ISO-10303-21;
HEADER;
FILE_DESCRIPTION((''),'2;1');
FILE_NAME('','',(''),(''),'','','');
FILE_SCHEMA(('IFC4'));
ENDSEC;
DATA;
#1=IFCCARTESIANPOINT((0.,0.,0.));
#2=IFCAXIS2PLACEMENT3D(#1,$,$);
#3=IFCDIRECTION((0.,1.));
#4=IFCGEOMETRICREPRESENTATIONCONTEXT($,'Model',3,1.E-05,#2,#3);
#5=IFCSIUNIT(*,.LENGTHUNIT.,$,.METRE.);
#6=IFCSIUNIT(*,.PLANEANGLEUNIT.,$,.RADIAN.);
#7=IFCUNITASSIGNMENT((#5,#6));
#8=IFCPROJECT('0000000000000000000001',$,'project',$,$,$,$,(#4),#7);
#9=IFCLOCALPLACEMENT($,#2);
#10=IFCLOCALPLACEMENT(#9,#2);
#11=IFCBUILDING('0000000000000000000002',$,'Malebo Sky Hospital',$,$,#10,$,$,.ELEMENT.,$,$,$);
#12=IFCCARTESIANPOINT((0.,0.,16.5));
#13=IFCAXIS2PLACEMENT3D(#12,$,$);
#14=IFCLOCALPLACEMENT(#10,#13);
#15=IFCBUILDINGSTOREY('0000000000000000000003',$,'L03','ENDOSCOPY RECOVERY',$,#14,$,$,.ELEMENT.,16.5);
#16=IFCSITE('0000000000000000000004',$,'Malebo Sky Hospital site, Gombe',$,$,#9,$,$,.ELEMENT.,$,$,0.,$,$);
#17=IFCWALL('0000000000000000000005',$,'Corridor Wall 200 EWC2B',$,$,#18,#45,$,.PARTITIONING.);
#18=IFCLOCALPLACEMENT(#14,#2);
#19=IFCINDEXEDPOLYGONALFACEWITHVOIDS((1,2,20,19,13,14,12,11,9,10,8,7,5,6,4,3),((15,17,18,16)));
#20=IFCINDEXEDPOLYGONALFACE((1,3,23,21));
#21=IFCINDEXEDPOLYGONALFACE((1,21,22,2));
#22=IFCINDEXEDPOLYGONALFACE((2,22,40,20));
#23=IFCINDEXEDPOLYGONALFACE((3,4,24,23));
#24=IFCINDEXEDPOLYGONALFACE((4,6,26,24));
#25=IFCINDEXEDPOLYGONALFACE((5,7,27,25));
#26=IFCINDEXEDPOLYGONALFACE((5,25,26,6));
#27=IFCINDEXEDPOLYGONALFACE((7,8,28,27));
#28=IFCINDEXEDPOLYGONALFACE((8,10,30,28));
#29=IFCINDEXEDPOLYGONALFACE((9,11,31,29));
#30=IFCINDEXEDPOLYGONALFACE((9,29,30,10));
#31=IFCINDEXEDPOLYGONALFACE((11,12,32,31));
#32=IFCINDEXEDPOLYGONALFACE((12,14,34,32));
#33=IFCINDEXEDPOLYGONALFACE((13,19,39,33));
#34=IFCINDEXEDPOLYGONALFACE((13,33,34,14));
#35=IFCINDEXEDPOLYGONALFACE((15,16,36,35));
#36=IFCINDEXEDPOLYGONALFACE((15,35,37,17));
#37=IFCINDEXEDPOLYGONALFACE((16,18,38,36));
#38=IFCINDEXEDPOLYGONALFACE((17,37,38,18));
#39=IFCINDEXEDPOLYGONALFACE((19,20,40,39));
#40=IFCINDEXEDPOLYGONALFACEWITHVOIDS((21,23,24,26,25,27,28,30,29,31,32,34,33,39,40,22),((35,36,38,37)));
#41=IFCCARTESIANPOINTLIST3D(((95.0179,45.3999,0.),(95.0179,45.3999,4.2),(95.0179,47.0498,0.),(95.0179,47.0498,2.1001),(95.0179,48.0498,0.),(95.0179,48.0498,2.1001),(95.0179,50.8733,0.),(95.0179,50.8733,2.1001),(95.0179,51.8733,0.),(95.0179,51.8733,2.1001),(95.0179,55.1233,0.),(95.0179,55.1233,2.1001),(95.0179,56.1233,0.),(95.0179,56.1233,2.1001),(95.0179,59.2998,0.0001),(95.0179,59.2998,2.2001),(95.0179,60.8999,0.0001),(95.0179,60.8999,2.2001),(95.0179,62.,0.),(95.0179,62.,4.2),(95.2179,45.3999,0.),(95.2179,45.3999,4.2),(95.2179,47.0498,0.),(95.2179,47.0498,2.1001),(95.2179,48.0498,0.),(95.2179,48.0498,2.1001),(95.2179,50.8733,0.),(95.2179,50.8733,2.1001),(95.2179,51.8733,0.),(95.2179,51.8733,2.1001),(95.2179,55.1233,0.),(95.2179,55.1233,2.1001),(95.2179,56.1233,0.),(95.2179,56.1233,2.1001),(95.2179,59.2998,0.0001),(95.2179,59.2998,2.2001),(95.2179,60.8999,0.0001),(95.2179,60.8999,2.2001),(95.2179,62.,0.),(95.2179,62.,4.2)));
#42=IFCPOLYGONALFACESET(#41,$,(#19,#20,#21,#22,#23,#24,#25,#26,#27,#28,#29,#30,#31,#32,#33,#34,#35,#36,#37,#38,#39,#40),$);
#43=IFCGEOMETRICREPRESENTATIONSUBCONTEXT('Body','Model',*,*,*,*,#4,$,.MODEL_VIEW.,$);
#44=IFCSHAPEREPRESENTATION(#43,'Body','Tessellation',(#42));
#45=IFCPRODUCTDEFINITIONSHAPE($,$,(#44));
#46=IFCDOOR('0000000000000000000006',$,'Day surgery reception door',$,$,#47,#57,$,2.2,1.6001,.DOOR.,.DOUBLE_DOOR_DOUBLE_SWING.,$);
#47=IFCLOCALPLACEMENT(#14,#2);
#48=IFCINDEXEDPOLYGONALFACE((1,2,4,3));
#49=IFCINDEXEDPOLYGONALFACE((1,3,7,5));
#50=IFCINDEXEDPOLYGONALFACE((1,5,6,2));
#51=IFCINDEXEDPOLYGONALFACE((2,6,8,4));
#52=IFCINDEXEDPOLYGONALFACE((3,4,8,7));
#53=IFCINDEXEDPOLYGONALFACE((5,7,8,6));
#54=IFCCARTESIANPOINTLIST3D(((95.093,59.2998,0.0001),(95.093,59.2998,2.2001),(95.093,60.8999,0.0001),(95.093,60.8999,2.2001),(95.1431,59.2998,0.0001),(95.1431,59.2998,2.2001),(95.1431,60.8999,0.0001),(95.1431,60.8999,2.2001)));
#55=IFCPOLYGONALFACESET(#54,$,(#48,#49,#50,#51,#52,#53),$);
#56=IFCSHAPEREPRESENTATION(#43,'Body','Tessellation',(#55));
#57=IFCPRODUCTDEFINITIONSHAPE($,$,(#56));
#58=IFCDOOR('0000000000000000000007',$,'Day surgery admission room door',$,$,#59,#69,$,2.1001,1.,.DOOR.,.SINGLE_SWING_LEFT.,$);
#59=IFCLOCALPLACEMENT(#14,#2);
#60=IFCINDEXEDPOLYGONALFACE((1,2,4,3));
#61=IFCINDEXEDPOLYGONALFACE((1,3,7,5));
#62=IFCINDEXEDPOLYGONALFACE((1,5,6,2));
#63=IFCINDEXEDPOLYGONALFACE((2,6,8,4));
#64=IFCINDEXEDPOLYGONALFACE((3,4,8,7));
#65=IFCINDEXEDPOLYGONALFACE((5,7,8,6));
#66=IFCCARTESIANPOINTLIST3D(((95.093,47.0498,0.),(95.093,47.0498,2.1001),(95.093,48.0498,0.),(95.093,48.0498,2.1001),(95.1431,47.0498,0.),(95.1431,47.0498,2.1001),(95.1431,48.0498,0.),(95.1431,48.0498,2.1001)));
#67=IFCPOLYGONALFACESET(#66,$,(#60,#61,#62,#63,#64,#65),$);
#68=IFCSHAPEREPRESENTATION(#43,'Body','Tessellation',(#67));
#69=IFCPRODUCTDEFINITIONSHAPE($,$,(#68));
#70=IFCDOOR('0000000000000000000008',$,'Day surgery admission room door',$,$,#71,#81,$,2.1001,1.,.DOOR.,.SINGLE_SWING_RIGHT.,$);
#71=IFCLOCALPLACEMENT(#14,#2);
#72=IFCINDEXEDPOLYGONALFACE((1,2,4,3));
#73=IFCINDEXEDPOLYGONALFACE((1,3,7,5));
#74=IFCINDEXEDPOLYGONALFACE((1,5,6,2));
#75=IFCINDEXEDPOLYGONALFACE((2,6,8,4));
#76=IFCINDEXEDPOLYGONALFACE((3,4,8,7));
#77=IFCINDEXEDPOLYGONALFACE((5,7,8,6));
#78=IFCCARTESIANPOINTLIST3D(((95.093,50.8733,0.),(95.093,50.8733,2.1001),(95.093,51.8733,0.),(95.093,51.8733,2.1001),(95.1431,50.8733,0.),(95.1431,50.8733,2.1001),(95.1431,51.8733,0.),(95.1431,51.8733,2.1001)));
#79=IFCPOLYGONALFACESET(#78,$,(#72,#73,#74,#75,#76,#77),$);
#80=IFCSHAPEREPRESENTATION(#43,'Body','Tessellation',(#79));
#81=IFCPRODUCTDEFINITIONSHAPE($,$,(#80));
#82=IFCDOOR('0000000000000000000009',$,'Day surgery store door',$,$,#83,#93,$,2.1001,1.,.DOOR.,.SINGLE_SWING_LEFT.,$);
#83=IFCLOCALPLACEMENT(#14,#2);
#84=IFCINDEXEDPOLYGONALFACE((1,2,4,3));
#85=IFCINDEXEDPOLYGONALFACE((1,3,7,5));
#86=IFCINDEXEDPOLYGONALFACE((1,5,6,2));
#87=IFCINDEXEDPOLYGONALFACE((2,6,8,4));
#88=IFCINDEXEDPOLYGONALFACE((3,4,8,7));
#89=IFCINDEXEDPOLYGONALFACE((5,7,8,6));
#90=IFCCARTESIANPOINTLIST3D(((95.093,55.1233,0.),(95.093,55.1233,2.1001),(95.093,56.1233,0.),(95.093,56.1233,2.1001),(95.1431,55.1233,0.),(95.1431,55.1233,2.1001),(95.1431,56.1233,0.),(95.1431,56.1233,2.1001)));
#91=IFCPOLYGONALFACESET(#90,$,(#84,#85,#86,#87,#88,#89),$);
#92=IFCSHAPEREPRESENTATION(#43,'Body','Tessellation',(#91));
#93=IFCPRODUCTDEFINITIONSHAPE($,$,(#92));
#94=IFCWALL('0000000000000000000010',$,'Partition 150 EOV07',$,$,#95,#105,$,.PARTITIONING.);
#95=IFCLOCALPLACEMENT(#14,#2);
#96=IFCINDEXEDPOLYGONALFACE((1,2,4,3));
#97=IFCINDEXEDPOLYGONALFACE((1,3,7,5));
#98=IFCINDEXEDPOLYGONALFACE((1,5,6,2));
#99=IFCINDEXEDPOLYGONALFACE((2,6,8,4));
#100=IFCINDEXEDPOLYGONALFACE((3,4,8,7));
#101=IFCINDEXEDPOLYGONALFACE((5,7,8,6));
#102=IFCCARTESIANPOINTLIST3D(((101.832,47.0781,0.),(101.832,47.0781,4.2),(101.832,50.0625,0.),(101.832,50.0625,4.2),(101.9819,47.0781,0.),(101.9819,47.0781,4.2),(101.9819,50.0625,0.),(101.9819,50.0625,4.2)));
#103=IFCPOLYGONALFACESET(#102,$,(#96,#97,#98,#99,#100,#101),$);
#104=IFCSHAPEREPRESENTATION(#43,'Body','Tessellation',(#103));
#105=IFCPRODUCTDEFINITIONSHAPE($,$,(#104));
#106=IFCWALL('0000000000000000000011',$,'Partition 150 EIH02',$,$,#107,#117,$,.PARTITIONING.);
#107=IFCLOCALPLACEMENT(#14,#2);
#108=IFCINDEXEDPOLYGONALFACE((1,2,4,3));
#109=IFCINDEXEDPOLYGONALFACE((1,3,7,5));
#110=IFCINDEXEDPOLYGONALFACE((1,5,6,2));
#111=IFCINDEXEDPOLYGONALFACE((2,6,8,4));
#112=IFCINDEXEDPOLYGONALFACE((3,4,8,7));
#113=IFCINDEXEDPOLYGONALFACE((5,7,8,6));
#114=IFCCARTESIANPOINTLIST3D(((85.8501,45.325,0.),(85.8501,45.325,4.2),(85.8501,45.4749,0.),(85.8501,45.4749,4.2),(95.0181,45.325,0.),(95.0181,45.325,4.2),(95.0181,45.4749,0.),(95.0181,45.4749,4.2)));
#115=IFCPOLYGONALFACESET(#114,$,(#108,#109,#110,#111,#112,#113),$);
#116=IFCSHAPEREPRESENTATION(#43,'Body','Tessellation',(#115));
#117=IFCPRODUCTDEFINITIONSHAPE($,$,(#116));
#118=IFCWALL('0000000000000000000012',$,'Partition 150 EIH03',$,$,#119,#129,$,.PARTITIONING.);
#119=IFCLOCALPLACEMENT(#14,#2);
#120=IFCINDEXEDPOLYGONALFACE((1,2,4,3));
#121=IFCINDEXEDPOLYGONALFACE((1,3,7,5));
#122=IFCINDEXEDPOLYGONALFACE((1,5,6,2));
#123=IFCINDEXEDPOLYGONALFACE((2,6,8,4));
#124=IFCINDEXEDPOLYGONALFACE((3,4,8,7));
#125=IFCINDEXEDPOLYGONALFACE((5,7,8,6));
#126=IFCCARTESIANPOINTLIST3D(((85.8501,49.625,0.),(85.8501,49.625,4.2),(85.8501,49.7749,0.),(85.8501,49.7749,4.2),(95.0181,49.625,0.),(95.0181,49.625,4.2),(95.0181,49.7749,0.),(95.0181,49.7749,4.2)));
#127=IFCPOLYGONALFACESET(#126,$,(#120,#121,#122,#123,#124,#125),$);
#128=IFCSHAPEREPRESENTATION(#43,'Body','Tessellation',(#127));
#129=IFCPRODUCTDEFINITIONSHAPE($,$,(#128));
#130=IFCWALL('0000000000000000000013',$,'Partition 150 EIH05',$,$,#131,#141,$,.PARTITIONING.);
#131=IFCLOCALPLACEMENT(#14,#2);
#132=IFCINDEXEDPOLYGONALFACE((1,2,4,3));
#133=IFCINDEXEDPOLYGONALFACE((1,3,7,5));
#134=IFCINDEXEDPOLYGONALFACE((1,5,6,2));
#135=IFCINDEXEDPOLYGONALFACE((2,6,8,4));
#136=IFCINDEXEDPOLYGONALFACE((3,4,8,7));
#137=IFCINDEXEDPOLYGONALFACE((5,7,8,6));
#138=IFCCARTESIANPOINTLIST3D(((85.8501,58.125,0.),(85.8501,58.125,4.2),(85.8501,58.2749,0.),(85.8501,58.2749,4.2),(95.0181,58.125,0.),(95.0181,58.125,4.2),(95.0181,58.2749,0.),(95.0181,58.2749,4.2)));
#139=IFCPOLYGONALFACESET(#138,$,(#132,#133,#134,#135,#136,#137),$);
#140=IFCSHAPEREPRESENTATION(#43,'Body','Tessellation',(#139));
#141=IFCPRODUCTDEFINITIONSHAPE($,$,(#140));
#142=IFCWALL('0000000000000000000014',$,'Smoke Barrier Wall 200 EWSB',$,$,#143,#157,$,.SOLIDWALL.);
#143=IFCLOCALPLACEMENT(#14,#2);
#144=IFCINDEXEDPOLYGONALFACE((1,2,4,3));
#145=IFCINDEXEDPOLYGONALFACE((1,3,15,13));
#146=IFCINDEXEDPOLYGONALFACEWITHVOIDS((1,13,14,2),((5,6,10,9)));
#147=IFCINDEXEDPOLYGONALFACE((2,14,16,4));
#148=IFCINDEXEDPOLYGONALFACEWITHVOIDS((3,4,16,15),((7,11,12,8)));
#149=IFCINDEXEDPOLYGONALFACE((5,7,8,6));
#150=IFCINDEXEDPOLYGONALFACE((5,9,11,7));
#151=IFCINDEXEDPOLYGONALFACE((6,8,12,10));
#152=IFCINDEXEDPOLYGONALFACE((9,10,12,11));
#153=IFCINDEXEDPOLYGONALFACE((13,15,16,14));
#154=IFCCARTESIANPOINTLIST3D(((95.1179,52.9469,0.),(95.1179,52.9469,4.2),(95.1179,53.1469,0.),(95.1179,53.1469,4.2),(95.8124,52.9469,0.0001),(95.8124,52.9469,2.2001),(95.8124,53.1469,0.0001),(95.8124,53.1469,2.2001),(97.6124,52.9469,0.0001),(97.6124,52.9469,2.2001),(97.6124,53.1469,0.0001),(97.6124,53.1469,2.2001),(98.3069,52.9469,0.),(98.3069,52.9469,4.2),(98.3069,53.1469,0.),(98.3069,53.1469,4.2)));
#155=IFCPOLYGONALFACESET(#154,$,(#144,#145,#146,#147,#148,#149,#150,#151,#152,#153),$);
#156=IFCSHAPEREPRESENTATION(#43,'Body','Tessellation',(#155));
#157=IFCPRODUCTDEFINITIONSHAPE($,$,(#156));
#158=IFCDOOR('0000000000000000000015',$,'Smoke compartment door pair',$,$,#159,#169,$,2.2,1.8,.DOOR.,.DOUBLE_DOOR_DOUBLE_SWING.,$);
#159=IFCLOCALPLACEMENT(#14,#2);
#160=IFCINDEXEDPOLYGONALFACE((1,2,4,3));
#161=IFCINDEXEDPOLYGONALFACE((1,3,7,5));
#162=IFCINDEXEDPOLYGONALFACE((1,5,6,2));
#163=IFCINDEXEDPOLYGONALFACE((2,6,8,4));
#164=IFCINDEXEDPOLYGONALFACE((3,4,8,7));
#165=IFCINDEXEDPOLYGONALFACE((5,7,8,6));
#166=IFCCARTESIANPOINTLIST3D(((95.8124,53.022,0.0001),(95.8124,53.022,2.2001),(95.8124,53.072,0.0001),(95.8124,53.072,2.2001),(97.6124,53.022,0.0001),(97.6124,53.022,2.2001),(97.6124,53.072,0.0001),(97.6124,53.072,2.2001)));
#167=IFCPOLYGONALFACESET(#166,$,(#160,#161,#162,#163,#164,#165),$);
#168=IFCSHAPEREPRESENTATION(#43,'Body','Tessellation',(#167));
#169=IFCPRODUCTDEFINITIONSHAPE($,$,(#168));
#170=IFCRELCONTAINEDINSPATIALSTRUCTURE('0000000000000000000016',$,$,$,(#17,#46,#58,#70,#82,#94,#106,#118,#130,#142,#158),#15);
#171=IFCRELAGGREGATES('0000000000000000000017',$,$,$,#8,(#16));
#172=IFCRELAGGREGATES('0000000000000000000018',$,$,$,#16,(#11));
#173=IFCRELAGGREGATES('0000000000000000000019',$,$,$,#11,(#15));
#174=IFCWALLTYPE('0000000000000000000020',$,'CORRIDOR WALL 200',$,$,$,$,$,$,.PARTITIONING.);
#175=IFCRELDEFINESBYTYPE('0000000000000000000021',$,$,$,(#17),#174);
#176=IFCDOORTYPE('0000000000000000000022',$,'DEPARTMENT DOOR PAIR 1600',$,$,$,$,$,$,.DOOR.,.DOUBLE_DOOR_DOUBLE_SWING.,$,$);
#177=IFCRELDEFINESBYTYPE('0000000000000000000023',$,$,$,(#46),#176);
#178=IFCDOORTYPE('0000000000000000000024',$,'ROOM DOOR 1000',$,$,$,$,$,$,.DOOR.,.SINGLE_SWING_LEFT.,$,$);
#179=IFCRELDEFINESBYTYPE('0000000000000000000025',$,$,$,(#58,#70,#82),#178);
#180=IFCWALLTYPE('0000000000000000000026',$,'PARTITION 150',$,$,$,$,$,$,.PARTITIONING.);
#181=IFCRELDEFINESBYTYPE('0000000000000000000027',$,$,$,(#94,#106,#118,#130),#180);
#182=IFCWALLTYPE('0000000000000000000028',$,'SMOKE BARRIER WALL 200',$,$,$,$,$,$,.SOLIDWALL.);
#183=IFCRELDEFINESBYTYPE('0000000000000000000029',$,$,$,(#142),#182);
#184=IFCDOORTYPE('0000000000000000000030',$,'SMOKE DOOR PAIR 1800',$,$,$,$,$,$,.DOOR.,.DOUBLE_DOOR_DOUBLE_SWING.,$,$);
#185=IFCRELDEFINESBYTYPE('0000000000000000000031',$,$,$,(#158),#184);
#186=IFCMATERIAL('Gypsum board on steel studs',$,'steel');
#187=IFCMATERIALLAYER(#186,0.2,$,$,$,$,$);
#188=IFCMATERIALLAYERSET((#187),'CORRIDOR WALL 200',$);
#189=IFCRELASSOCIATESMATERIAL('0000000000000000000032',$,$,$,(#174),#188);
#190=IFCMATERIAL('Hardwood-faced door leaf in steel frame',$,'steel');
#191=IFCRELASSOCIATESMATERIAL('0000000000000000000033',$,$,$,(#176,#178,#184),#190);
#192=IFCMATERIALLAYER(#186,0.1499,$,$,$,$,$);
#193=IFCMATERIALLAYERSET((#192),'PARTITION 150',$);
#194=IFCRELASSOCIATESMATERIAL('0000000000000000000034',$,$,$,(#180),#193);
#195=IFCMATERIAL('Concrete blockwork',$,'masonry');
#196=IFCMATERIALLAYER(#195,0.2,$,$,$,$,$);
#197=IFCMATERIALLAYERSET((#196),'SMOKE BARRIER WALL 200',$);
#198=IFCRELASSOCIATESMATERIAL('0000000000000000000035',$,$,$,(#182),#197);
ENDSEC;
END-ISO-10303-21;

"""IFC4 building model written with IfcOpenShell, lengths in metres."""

from ifc_helpers import new_model, si_unit, direction, frame, frame_2d, origin, place, context, subcontext, project, spatial, rectangle, extrude, material, layer, layer_set, type_object, element, fill, save


model = new_model("IFC4")

# Units and contexts
model_context = context("Model", 3, precision=1e-05, world=origin(), true_north=direction((0.0, 1.0)))
body_context = subcontext(model_context, "Body", "Model", "MODEL_VIEW")
ifc_project = project(units=[si_unit("LENGTHUNIT", "METRE"), si_unit("PLANEANGLEUNIT", "RADIAN")], contexts=[model_context])

# Site, building, storey
site_placement = place(None, origin())
site = spatial("IfcSite", under=ifc_project, at=site_placement, Name="Malebo Sky Hospital site, Gombe", CompositionType="ELEMENT", RefElevation=0.0)
building_placement = place(site_placement, origin())
building = spatial("IfcBuilding", under=site, at=building_placement, Name="Malebo Sky Hospital", CompositionType="ELEMENT")
storey_placement = place(building_placement, frame((0.0, 0.0, 16.5)))
storey = spatial("IfcBuildingStorey", under=building, at=storey_placement, Name="L03", Description="ENDOSCOPY RECOVERY", CompositionType="ELEMENT", Elevation=16.5)

# Wall, openings, doors
ifc_material_1 = material(Name="Gypsum board on steel studs", Category="steel")
ifc_layer_1 = layer(ifc_material_1, 0.2)
ifc_layer_set_1 = layer_set([ifc_layer_1], Name="CORRIDOR WALL 200")
wall_type_1 = type_object("IfcWallType", Name="CORRIDOR WALL 200", PredefinedType="PARTITIONING", material=ifc_layer_set_1)
wall_1_placement = place(storey_placement, frame((95.1179, 45.3999, 0.0), z_axis=(0.0, 0.0, 1.0), x_axis=(0.0, 1.0, 0.0)))
wall_1 = element("IfcWall", 1, at=wall_1_placement, inside=storey, type_object=wall_type_1, Name="Corridor Wall 200 EWC2B", PredefinedType="PARTITIONING", context=body_context, shape_type="SweptSolid", body=[
    extrude(rectangle(XDim=16.6001, YDim=0.2, at=frame_2d((8.3, 0.0))), origin(), (0.0, 0.0, 1.0), 4.2),
])
opening_1_placement = place(wall_1_placement, frame((1.6499, 0.0, 0.0)))
opening_1 = element("IfcOpeningElement", 2, at=opening_1_placement, cuts=wall_1, PredefinedType="OPENING", context=body_context, shape_type="SweptSolid", body=[
    extrude(rectangle(XDim=1.0, YDim=2.1001, at=frame_2d((0.5, 1.05))), frame((0.0, 0.1099, 0.0), z_axis=(0.0, -1.0, 0.0), x_axis=(1.0, 0.0, 0.0)), (0.0, 0.0, 1.0), 0.22),
])
opening_2_placement = place(wall_1_placement, frame((5.4734, 0.0, 0.0)))
opening_2 = element("IfcOpeningElement", 3, at=opening_2_placement, cuts=wall_1, PredefinedType="OPENING", context=body_context, shape_type="SweptSolid", body=[
    extrude(rectangle(XDim=1.0, YDim=2.1001, at=frame_2d((0.5, 1.05))), frame((0.0, 0.1099, 0.0), z_axis=(0.0, -1.0, 0.0), x_axis=(1.0, 0.0, 0.0)), (0.0, 0.0, 1.0), 0.22),
])
opening_3_placement = place(wall_1_placement, frame((9.7234, 0.0, 0.0)))
opening_3 = element("IfcOpeningElement", 4, at=opening_3_placement, cuts=wall_1, PredefinedType="OPENING", context=body_context, shape_type="SweptSolid", body=[
    extrude(rectangle(XDim=1.0, YDim=2.1001, at=frame_2d((0.5, 1.05))), frame((0.0, 0.1099, 0.0), z_axis=(0.0, -1.0, 0.0), x_axis=(1.0, 0.0, 0.0)), (0.0, 0.0, 1.0), 0.22),
])
opening_4_placement = place(wall_1_placement, frame((13.8999, 0.0, 0.0)))
opening_4 = element("IfcOpeningElement", 5, at=opening_4_placement, cuts=wall_1, PredefinedType="OPENING", context=body_context, shape_type="SweptSolid", body=[
    extrude(rectangle(XDim=1.6001, YDim=2.2, at=frame_2d((0.8, 1.1001))), frame((0.0, 0.1099, 0.0), z_axis=(0.0, -1.0, 0.0), x_axis=(1.0, 0.0, 0.0)), (0.0, 0.0, 1.0), 0.22),
])
ifc_material_2 = material(Name="Hardwood-faced door leaf in steel frame", Category="steel")
door_type_1 = type_object("IfcDoorType", Name="DEPARTMENT DOOR PAIR 1600", OperationType="DOUBLE_DOOR_DOUBLE_SWING", PredefinedType="DOOR", material=ifc_material_2)
door_1_placement = place(opening_4_placement, origin())
door_1 = element("IfcDoor", 6, at=door_1_placement, inside=storey, type_object=door_type_1, Name="Day surgery reception door", OperationType="DOUBLE_DOOR_DOUBLE_SWING", OverallHeight=2.2, OverallWidth=1.6001, PredefinedType="DOOR", context=body_context, shape_type="SweptSolid", body=[
    extrude(rectangle(XDim=1.6001, YDim=2.2, at=frame_2d((0.8, 1.1001))), frame((0.0, 0.0249, 0.0), z_axis=(0.0, -1.0, 0.0), x_axis=(1.0, 0.0, 0.0)), (0.0, 0.0, 1.0), 0.05),
])
fill(opening_4, door_1)
door_type_2 = type_object("IfcDoorType", Name="ROOM DOOR 1000", OperationType="SINGLE_SWING_LEFT", PredefinedType="DOOR", material=ifc_material_2)
door_2_placement = place(opening_1_placement, origin())
door_2 = element("IfcDoor", 7, at=door_2_placement, inside=storey, type_object=door_type_2, Name="Day surgery admission room door", OperationType="SINGLE_SWING_LEFT", OverallHeight=2.1001, OverallWidth=1.0, PredefinedType="DOOR", context=body_context, shape_type="SweptSolid", body=[
    extrude(rectangle(XDim=1.0, YDim=2.1001, at=frame_2d((0.5, 1.05))), frame((0.0, 0.0249, 0.0), z_axis=(0.0, -1.0, 0.0), x_axis=(1.0, 0.0, 0.0)), (0.0, 0.0, 1.0), 0.05),
])
fill(opening_1, door_2)
door_3_placement = place(opening_2_placement, origin())
door_3 = element("IfcDoor", 8, at=door_3_placement, inside=storey, type_object=door_type_2, Name="Day surgery admission room door", OperationType="SINGLE_SWING_RIGHT", OverallHeight=2.1001, OverallWidth=1.0, PredefinedType="DOOR", context=body_context, shape_type="SweptSolid", body=[
    extrude(rectangle(XDim=1.0, YDim=2.1001, at=frame_2d((0.5, 1.05))), frame((0.0, 0.0249, 0.0), z_axis=(0.0, -1.0, 0.0), x_axis=(1.0, 0.0, 0.0)), (0.0, 0.0, 1.0), 0.05),
])
fill(opening_2, door_3)
door_4_placement = place(opening_3_placement, origin())
door_4 = element("IfcDoor", 9, at=door_4_placement, inside=storey, type_object=door_type_2, Name="Day surgery store door", OperationType="SINGLE_SWING_LEFT", OverallHeight=2.1001, OverallWidth=1.0, PredefinedType="DOOR", context=body_context, shape_type="SweptSolid", body=[
    extrude(rectangle(XDim=1.0, YDim=2.1001, at=frame_2d((0.5, 1.05))), frame((0.0, 0.0249, 0.0), z_axis=(0.0, -1.0, 0.0), x_axis=(1.0, 0.0, 0.0)), (0.0, 0.0, 1.0), 0.05),
])
fill(opening_3, door_4)

# Walls
ifc_layer_2 = layer(ifc_material_1, 0.1499)
ifc_layer_set_2 = layer_set([ifc_layer_2], Name="PARTITION 150")
wall_type_2 = type_object("IfcWallType", Name="PARTITION 150", PredefinedType="PARTITIONING", material=ifc_layer_set_2)
wall_2_placement = place(storey_placement, frame((101.907, 47.0781, 0.0), z_axis=(0.0, 0.0, 1.0), x_axis=(0.0, 1.0, 0.0)))
element("IfcWall", 10, at=wall_2_placement, inside=storey, type_object=wall_type_2, Name="Partition 150 EOV07", PredefinedType="PARTITIONING", context=body_context, shape_type="SweptSolid", body=[
    extrude(rectangle(XDim=2.9844, YDim=0.1499, at=frame_2d((1.4922, 0.0))), origin(), (0.0, 0.0, 1.0), 4.2),
])
for number, where, z_axis, x_axis, name in (
    (11, (95.0181, 45.3999, 0.0), (0.0, 0.0, 1.0), (-1.0, 0.0, 0.0), "Partition 150 EIH02"),
    (12, (95.0181, 49.7, 0.0), (0.0, 0.0, 1.0), (-1.0, 0.0, 0.0), "Partition 150 EIH03"),
    (13, (95.0181, 58.2, 0.0), (0.0, 0.0, 1.0), (-1.0, 0.0, 0.0), "Partition 150 EIH05"),
):
    element("IfcWall", number, at=place(storey_placement, frame(where, z_axis=z_axis, x_axis=x_axis)), inside=storey, type_object=wall_type_2, Name=name, PredefinedType="PARTITIONING", context=body_context, shape_type="SweptSolid", body=[
        extrude(rectangle(XDim=9.168, YDim=0.1499, at=frame_2d((4.584, 0.0))), origin(), (0.0, 0.0, 1.0), 4.2),
    ])

# Wall, opening, door
ifc_material_3 = material(Name="Concrete blockwork", Category="masonry")
ifc_layer_3 = layer(ifc_material_3, 0.2)
ifc_layer_set_3 = layer_set([ifc_layer_3], Name="SMOKE BARRIER WALL 200")
wall_type_3 = type_object("IfcWallType", Name="SMOKE BARRIER WALL 200", PredefinedType="SOLIDWALL", material=ifc_layer_set_3)
wall_3_placement = place(storey_placement, frame((98.3069, 53.0469, 0.0), z_axis=(0.0, 0.0, 1.0), x_axis=(-1.0, 0.0, 0.0)))
wall_3 = element("IfcWall", 14, at=wall_3_placement, inside=storey, type_object=wall_type_3, Name="Smoke Barrier Wall 200 EWSB", PredefinedType="SOLIDWALL", context=body_context, shape_type="SweptSolid", body=[
    extrude(rectangle(XDim=3.189, YDim=0.2, at=frame_2d((1.5945, 0.0))), origin(), (0.0, 0.0, 1.0), 4.2),
])
opening_5_placement = place(wall_3_placement, frame((0.6946, 0.0, 0.0)))
opening_5 = element("IfcOpeningElement", 15, at=opening_5_placement, cuts=wall_3, PredefinedType="OPENING", context=body_context, shape_type="SweptSolid", body=[
    extrude(rectangle(XDim=1.8, YDim=2.2, at=frame_2d((0.8999, 1.1001))), frame((0.0, 0.1099, 0.0), z_axis=(0.0, -1.0, 0.0), x_axis=(1.0, 0.0, 0.0)), (0.0, 0.0, 1.0), 0.22),
])
door_type_3 = type_object("IfcDoorType", Name="SMOKE DOOR PAIR 1800", OperationType="DOUBLE_DOOR_DOUBLE_SWING", PredefinedType="DOOR", material=ifc_material_2)
door_5_placement = place(opening_5_placement, origin())
door_5 = element("IfcDoor", 16, at=door_5_placement, inside=storey, type_object=door_type_3, Name="Smoke compartment door pair", OperationType="DOUBLE_DOOR_DOUBLE_SWING", OverallHeight=2.2, OverallWidth=1.8, PredefinedType="DOOR", context=body_context, shape_type="SweptSolid", body=[
    extrude(rectangle(XDim=1.8, YDim=2.2, at=frame_2d((0.8999, 1.1001))), frame((0.0, 0.0249, 0.0), z_axis=(0.0, -1.0, 0.0), x_axis=(1.0, 0.0, 0.0)), (0.0, 0.0, 1.0), 0.05),
])
fill(opening_5, door_5)

save(model, "model.ifc")
